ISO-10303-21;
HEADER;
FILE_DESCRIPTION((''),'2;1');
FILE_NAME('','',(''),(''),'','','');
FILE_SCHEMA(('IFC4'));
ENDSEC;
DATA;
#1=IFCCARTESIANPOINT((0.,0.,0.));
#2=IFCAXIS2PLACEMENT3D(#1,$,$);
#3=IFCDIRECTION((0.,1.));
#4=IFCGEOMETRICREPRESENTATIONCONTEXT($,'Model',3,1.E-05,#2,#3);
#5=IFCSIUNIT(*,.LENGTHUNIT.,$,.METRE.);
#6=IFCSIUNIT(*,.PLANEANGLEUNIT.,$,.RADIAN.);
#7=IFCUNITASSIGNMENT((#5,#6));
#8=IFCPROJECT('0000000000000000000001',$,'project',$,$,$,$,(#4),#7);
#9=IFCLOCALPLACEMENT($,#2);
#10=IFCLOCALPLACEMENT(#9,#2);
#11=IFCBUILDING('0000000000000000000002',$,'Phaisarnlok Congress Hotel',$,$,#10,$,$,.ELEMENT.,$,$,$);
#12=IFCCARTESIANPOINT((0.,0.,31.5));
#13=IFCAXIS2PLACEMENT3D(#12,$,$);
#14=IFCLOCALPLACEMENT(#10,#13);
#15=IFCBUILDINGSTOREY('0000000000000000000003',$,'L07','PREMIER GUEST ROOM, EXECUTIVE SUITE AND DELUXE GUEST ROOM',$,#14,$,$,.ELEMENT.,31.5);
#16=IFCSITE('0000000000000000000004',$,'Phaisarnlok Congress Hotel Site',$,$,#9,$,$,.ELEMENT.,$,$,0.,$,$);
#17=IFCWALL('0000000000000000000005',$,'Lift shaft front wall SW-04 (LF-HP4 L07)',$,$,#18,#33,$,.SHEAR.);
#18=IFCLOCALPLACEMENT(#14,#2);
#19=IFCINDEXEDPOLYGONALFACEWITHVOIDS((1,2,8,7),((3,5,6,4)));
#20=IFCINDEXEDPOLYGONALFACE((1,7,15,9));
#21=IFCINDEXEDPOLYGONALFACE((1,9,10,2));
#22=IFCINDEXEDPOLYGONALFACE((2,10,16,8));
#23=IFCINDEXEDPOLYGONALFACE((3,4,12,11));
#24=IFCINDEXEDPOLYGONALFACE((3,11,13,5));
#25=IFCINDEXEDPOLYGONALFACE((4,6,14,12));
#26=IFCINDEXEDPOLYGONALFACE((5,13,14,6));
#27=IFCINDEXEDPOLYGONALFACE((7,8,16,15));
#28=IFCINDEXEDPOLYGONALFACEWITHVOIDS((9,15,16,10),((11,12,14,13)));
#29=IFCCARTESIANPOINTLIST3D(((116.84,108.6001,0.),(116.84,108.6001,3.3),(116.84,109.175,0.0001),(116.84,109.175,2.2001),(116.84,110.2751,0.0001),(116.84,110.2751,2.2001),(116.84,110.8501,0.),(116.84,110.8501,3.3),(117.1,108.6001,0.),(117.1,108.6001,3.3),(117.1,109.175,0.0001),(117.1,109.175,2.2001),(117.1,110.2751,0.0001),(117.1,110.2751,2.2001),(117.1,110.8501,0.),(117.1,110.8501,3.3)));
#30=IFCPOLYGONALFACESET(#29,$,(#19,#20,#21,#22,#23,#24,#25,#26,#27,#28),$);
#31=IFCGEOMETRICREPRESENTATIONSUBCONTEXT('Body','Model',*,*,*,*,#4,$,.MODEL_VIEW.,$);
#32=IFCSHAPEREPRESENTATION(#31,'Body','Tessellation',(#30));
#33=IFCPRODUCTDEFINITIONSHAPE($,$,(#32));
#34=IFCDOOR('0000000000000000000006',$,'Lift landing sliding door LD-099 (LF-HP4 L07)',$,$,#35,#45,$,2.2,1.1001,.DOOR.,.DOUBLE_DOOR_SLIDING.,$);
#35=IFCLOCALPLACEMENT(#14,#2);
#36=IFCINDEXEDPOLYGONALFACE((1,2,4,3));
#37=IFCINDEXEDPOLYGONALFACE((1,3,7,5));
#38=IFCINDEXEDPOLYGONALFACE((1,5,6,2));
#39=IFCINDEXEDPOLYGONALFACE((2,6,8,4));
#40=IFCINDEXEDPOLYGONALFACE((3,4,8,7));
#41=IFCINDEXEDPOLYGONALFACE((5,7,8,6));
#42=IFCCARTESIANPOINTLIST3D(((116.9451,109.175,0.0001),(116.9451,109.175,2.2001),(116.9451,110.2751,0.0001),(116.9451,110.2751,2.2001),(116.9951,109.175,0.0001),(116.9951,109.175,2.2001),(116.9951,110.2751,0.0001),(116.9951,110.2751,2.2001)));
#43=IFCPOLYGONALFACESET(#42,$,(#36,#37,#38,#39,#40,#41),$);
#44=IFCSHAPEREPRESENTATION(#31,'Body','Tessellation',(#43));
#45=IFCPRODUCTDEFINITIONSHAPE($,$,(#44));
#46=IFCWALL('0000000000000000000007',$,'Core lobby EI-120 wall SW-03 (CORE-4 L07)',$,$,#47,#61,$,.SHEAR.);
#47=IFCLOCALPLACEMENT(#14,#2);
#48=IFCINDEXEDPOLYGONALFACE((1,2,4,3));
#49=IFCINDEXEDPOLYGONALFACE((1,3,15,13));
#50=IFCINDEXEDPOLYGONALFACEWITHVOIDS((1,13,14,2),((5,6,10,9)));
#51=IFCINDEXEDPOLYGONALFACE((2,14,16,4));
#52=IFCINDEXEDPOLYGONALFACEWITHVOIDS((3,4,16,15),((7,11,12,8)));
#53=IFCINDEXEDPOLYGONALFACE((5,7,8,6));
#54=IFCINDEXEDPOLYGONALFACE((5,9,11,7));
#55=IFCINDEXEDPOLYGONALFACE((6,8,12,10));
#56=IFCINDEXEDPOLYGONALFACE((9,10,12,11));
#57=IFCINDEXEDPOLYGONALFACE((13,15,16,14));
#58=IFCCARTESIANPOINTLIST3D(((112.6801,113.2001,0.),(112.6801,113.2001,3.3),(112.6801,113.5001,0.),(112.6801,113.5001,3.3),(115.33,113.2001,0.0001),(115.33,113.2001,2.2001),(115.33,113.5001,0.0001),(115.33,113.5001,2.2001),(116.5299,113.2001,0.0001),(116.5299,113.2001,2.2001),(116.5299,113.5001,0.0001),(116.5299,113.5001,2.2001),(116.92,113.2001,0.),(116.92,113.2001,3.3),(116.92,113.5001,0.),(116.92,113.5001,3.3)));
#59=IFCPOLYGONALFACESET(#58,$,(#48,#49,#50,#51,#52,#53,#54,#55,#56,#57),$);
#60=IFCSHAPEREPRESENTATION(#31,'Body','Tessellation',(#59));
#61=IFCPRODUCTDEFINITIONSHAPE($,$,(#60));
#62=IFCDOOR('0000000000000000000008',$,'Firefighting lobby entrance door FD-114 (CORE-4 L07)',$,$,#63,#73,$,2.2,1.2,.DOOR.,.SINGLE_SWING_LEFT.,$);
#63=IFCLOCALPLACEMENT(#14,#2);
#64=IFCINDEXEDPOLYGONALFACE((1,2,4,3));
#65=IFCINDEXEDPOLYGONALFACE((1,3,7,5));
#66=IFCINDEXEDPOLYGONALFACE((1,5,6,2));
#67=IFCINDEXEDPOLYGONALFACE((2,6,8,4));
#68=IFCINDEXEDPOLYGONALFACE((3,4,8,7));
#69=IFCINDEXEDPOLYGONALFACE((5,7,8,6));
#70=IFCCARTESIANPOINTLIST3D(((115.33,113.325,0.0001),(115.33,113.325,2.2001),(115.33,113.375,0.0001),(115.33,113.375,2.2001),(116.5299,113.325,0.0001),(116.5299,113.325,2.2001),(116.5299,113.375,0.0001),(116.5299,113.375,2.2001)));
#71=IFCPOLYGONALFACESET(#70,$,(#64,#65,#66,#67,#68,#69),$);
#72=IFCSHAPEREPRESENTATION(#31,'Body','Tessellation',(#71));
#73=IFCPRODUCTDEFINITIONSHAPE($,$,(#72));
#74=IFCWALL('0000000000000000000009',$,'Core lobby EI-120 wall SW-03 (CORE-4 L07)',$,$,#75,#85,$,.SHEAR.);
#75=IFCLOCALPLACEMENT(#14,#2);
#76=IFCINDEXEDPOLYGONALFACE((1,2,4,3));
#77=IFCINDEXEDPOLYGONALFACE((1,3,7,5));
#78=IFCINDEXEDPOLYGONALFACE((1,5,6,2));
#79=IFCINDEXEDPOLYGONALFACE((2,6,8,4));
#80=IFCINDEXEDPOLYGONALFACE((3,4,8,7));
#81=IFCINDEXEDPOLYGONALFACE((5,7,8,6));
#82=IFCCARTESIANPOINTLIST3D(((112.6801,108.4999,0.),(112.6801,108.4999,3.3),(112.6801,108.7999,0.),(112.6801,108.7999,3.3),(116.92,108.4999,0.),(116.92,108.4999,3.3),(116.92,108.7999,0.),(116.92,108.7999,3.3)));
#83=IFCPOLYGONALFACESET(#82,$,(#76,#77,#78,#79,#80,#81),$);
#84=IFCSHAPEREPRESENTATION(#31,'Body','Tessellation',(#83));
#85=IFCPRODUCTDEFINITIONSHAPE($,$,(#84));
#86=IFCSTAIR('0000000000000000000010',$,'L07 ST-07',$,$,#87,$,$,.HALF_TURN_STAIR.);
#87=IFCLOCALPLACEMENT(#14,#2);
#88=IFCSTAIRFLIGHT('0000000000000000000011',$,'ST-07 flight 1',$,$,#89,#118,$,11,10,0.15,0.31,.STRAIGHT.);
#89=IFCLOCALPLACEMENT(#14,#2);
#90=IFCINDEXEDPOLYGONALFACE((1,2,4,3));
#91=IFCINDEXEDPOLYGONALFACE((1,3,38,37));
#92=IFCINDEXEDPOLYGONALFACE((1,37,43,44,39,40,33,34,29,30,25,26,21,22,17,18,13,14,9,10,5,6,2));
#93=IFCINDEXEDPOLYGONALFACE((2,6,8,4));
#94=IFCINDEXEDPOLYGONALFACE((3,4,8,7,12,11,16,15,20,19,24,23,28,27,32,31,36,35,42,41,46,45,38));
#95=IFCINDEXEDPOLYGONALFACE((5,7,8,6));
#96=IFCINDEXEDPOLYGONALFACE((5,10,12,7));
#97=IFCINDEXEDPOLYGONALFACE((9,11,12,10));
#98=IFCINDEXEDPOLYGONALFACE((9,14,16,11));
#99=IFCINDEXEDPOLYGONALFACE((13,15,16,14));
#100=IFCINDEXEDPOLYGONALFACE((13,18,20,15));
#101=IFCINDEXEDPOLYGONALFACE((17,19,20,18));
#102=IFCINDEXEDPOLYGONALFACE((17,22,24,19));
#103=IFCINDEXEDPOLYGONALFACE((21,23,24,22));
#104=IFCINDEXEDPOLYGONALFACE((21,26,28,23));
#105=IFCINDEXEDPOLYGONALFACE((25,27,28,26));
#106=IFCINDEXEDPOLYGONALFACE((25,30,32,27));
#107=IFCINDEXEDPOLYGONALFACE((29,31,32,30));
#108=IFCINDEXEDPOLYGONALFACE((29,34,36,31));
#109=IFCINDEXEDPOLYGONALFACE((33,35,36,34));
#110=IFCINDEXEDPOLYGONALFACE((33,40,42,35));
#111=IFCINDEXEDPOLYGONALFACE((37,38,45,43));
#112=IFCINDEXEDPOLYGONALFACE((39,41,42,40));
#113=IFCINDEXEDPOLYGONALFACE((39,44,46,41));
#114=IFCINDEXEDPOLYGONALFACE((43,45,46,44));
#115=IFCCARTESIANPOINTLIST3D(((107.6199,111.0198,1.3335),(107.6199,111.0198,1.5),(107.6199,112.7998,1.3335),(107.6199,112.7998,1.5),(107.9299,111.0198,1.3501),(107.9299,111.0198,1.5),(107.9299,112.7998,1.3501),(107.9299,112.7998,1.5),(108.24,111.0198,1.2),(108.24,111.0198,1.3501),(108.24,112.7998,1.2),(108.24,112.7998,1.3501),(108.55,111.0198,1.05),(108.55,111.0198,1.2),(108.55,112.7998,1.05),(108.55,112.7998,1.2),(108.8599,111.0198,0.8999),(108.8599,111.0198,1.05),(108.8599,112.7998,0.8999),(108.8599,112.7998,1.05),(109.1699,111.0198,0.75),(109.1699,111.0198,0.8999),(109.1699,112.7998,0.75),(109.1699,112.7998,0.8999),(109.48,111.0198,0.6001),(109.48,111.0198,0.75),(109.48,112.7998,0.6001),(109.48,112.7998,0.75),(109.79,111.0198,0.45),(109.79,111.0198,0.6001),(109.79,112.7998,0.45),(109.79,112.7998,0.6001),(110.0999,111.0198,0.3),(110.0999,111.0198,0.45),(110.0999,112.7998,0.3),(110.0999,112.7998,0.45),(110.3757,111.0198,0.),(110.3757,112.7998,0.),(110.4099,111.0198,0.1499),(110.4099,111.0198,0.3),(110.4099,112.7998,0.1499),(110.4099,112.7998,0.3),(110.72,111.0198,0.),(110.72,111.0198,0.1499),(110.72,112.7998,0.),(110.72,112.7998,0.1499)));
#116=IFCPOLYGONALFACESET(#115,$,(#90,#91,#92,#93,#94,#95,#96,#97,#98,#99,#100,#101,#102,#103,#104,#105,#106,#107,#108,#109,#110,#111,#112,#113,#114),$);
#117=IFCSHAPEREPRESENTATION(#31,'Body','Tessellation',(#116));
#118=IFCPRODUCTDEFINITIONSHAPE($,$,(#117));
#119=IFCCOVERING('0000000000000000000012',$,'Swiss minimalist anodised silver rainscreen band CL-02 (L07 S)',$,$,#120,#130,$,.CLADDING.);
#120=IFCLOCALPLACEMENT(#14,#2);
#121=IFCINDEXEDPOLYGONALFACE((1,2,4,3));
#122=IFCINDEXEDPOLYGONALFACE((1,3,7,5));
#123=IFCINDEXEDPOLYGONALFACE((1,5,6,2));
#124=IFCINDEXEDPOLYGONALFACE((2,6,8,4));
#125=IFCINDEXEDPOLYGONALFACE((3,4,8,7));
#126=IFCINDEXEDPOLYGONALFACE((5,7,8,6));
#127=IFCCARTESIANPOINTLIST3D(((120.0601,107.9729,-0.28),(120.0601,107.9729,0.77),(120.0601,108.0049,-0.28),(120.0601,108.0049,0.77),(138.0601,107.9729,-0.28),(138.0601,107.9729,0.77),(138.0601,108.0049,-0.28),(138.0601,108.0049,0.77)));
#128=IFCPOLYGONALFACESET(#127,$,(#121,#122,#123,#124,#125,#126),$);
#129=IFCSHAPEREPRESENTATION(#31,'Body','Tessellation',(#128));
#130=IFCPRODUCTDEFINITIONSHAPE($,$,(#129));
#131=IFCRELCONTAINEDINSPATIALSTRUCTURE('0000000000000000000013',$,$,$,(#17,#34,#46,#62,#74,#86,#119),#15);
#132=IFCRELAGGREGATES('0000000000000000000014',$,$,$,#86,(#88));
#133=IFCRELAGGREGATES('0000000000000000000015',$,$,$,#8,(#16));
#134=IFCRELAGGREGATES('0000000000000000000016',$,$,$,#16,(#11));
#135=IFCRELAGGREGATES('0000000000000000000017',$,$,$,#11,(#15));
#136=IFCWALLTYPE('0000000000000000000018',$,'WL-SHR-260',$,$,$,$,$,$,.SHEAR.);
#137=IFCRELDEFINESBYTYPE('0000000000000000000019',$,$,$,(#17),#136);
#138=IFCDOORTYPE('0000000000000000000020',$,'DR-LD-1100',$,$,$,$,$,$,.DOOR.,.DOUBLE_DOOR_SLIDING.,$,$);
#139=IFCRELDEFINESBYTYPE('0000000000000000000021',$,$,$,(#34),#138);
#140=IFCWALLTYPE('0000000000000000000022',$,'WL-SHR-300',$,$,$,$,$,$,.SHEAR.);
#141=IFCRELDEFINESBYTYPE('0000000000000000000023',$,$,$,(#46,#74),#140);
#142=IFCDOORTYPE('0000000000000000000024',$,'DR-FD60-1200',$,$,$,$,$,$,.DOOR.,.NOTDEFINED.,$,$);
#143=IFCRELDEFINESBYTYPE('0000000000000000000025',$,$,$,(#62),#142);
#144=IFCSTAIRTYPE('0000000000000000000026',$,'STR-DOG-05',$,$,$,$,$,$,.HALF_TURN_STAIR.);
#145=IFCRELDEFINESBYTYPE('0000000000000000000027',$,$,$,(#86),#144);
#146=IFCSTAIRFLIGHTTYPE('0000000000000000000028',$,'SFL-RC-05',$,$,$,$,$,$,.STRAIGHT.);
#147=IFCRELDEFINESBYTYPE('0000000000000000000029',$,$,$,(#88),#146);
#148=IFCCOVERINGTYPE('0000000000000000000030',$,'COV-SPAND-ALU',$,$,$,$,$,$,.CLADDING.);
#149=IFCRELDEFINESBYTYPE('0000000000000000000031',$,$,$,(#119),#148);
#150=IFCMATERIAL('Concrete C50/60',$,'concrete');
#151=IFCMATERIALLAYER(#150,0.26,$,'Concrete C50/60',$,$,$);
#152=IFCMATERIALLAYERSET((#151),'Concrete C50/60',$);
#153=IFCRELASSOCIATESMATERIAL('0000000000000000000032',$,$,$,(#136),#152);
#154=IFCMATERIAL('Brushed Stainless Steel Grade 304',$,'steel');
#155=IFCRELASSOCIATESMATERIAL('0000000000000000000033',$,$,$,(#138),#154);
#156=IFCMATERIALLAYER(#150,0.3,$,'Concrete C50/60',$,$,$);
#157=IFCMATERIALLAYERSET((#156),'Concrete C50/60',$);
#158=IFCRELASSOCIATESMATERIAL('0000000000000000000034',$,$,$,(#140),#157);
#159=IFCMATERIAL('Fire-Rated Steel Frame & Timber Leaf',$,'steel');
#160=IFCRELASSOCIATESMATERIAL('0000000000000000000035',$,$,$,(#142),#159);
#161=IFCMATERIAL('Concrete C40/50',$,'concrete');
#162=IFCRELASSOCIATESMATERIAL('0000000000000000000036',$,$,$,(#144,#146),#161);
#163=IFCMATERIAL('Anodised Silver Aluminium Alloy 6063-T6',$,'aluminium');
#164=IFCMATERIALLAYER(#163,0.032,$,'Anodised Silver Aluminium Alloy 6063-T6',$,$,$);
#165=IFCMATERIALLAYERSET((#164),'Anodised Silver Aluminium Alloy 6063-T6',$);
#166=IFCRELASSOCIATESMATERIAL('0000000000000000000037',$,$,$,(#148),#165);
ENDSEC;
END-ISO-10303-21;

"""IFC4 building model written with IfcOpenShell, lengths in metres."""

from ifc_helpers import new_model, si_unit, direction, frame, frame_2d, origin, place, context, subcontext, project, spatial, polyline, rectangle, outline, extrude, material, layer, layer_set, type_object, element, fill, aggregate, save


model = new_model("IFC4")

# Units and contexts
model_context = context("Model", 3, precision=1e-05, world=origin(), true_north=direction((0.0, 1.0)))
body_context = subcontext(model_context, "Body", "Model", "MODEL_VIEW")
ifc_project = project(units=[si_unit("LENGTHUNIT", "METRE"), si_unit("PLANEANGLEUNIT", "RADIAN")], contexts=[model_context])

# Site, building, storey
site_placement = place(None, origin())
site = spatial("IfcSite", under=ifc_project, at=site_placement, Name="Phaisarnlok Congress Hotel Site", CompositionType="ELEMENT", RefElevation=0.0)
building_placement = place(site_placement, origin())
building = spatial("IfcBuilding", under=site, at=building_placement, Name="Phaisarnlok Congress Hotel", CompositionType="ELEMENT")
storey_placement = place(building_placement, frame((0.0, 0.0, 31.5)))
storey = spatial("IfcBuildingStorey", under=building, at=storey_placement, Name="L07", Description="PREMIER GUEST ROOM, EXECUTIVE SUITE AND DELUXE GUEST ROOM", CompositionType="ELEMENT", Elevation=31.5)

# Shared definitions
ifc_material_1 = material(Name="Concrete C50/60", Category="concrete")

# Shared definitions
ifc_material_2 = material(Name="Concrete C40/50", Category="concrete")

# Shared definitions
ifc_layer_1 = layer(ifc_material_1, 0.26, Name="Concrete C50/60")
ifc_layer_set_1 = layer_set([ifc_layer_1], Name="Concrete C50/60")
wall_type_1 = type_object("IfcWallType", Name="WL-SHR-260", PredefinedType="SHEAR", material=ifc_layer_set_1)
ifc_material_3 = material(Name="Fire-Rated Steel Frame & Timber Leaf", Category="steel")

# Walls, openings, doors
wall_1_placement = place(storey_placement, frame((116.97, 108.6001, 0.0), z_axis=(0.0, 0.0, 1.0), x_axis=(0.0, 1.0, 0.0)))
wall_1 = element("IfcWall", 1, at=wall_1_placement, inside=storey, type_object=wall_type_1, Name="Lift shaft front wall SW-04 (LF-HP4 L07)", PredefinedType="SHEAR", context=body_context, shape_type="SweptSolid", body=[
    extrude(rectangle(XDim=2.25, YDim=0.26, at=frame_2d((1.125, 0.0))), origin(), (0.0, 0.0, 1.0), 3.3),
])
opening_1_placement = place(wall_1_placement, frame((0.575, 0.0, 0.0)))
opening_1 = element("IfcOpeningElement", 2, at=opening_1_placement, cuts=wall_1, PredefinedType="OPENING", context=body_context, shape_type="SweptSolid", body=[
    extrude(rectangle(XDim=1.1001, YDim=2.2, at=frame_2d((0.55, 1.1001))), frame((0.0, 0.1401, 0.0), z_axis=(0.0, -1.0, 0.0), x_axis=(1.0, 0.0, 0.0)), (0.0, 0.0, 1.0), 0.28),
])
ifc_material_4 = material(Name="Brushed Stainless Steel Grade 304", Category="steel")
door_type_1 = type_object("IfcDoorType", Name="DR-LD-1100", OperationType="DOUBLE_DOOR_SLIDING", PredefinedType="DOOR", material=ifc_material_4)
door_1_placement = place(opening_1_placement, origin())
door_1 = element("IfcDoor", 3, at=door_1_placement, inside=storey, type_object=door_type_1, Name="Lift landing sliding door LD-099 (LF-HP4 L07)", OperationType="DOUBLE_DOOR_SLIDING", OverallHeight=2.2, OverallWidth=1.1001, PredefinedType="DOOR", context=body_context, shape_type="SweptSolid", body=[
    extrude(rectangle(XDim=1.1001, YDim=2.2, at=frame_2d((0.55, 1.1001))), frame((0.0, 0.0249, 0.0), z_axis=(0.0, -1.0, 0.0), x_axis=(1.0, 0.0, 0.0)), (0.0, 0.0, 1.0), 0.05),
])
fill(opening_1, door_1)
ifc_layer_2 = layer(ifc_material_1, 0.3, Name="Concrete C50/60")
ifc_layer_set_2 = layer_set([ifc_layer_2], Name="Concrete C50/60")
wall_type_2 = type_object("IfcWallType", Name="WL-SHR-300", PredefinedType="SHEAR", material=ifc_layer_set_2)
wall_2_placement = place(storey_placement, frame((112.6799, 113.3501, 0.0), z_axis=(0.0, 0.0, 1.0), x_axis=(1.0, 0.0, 0.0)))
wall_2 = element("IfcWall", 4, at=wall_2_placement, inside=storey, type_object=wall_type_2, Name="Core lobby EI-120 wall SW-03 (CORE-4 L07)", PredefinedType="SHEAR", context=body_context, shape_type="SweptSolid", body=[
    extrude(rectangle(XDim=4.24, YDim=0.3, at=frame_2d((2.1201, 0.0))), origin(), (0.0, 0.0, 1.0), 3.3),
])
opening_2_placement = place(wall_2_placement, frame((2.6499, 0.0, 0.0)))
opening_2 = element("IfcOpeningElement", 5, at=opening_2_placement, cuts=wall_2, PredefinedType="OPENING", context=body_context, shape_type="SweptSolid", body=[
    extrude(rectangle(XDim=1.2, YDim=2.2, at=frame_2d((0.6001, 1.1001))), frame((0.0, 0.1602, 0.0), z_axis=(0.0, -1.0, 0.0), x_axis=(1.0, 0.0, 0.0)), (0.0, 0.0, 1.0), 0.3201),
])
door_type_2 = type_object("IfcDoorType", Name="DR-FD60-1200", OperationType="NOTDEFINED", PredefinedType="DOOR", material=ifc_material_3)
door_2_placement = place(opening_2_placement, origin())
door_2 = element("IfcDoor", 6, at=door_2_placement, inside=storey, type_object=door_type_2, Name="Firefighting lobby entrance door FD-114 (CORE-4 L07)", OperationType="SINGLE_SWING_LEFT", OverallHeight=2.2, OverallWidth=1.2, PredefinedType="DOOR", context=body_context, shape_type="SweptSolid", body=[
    extrude(rectangle(XDim=1.2, YDim=2.2, at=frame_2d((0.6001, 1.1001))), frame((0.0, 0.0249, 0.0), z_axis=(0.0, -1.0, 0.0), x_axis=(1.0, 0.0, 0.0)), (0.0, 0.0, 1.0), 0.05),
])
fill(opening_2, door_2)

# Wall
wall_3_placement = place(storey_placement, frame((112.6799, 108.6499, 0.0), z_axis=(0.0, 0.0, 1.0), x_axis=(1.0, 0.0, 0.0)))
element("IfcWall", 7, at=wall_3_placement, inside=storey, type_object=wall_type_2, Name="Core lobby EI-120 wall SW-03 (CORE-4 L07)", PredefinedType="SHEAR", context=body_context, shape_type="SweptSolid", body=[
    extrude(rectangle(XDim=4.24, YDim=0.3, at=frame_2d((2.1201, 0.0))), origin(), (0.0, 0.0, 1.0), 3.3),
])

# Stair, stair flight
stair_type = type_object("IfcStairType", Name="STR-DOG-05", PredefinedType="HALF_TURN_STAIR", material=ifc_material_2)
stair_placement = place(storey_placement, origin())
stair = element("IfcStair", 8, at=stair_placement, inside=storey, type_object=stair_type, Name="L07 ST-07", PredefinedType="HALF_TURN_STAIR")
stair_flight_type = type_object("IfcStairFlightType", Name="SFL-RC-05", PredefinedType="STRAIGHT", material=ifc_material_2)
stair_flight_placement = place(storey_placement, frame((110.72, 111.9099, 0.0), z_axis=(0.0, 0.0, 1.0), x_axis=(-1.0, 0.0, 0.0)))
stair_flight = element("IfcStairFlight", 9, at=stair_flight_placement, type_object=stair_flight_type, Name="ST-07 flight 1", NumberOfRisers=11, NumberOfTreads=10, PredefinedType="STRAIGHT", RiserHeight=0.15, TreadLength=0.31, context=body_context, shape_type="SweptSolid", body=[
    extrude(outline(polyline([(0.0, 0.0), (0.0, 0.1499), (0.3101, 0.1499), (0.3101, 0.3), (0.6201, 0.3), (0.6201, 0.45), (0.9299, 0.45), (0.9299, 0.6001), (1.24, 0.6001), (1.24, 0.75), (1.55, 0.75), (1.55, 0.8999), (1.8601, 0.8999), (1.8601, 1.05), (2.1699, 1.05), (2.1699, 1.2), (2.48, 1.2), (2.48, 1.3501), (2.79, 1.3501), (2.79, 1.5), (3.1001, 1.5), (3.1001, 1.6499), (3.1001, 1.3335), (0.3442, 0.0), (0.0, 0.0)])), frame((0.0, 0.8901, 0.0), z_axis=(0.0, -1.0, 0.0), x_axis=(1.0, 0.0, 0.0)), (0.0, 0.0, 1.0), 1.78),
])
aggregate(stair, [stair_flight])

# Covering
ifc_material_5 = material(Name="Anodised Silver Aluminium Alloy 6063-T6", Category="aluminium")
ifc_layer_3 = layer(ifc_material_5, 0.032, Name="Anodised Silver Aluminium Alloy 6063-T6")
ifc_layer_set_3 = layer_set([ifc_layer_3], Name="Anodised Silver Aluminium Alloy 6063-T6")
covering_type = type_object("IfcCoveringType", Name="COV-SPAND-ALU", PredefinedType="CLADDING", material=ifc_layer_set_3)
covering_placement = place(storey_placement, frame((120.0601, 108.0049, -0.28), z_axis=(0.0, -1.0, 0.0), x_axis=(1.0, 0.0, 0.0)))
element("IfcCovering", 10, at=covering_placement, inside=storey, type_object=covering_type, Name="Swiss minimalist anodised silver rainscreen band CL-02 (L07 S)", PredefinedType="CLADDING", context=body_context, shape_type="SweptSolid", body=[
    extrude(outline(polyline([(0.0, 0.0), (18.0, 0.0), (18.0, 1.05), (0.0, 1.05), (0.0, 0.0)])), origin(), (0.0, 0.0, 1.0), 0.032),
])

save(model, "model.ifc")
